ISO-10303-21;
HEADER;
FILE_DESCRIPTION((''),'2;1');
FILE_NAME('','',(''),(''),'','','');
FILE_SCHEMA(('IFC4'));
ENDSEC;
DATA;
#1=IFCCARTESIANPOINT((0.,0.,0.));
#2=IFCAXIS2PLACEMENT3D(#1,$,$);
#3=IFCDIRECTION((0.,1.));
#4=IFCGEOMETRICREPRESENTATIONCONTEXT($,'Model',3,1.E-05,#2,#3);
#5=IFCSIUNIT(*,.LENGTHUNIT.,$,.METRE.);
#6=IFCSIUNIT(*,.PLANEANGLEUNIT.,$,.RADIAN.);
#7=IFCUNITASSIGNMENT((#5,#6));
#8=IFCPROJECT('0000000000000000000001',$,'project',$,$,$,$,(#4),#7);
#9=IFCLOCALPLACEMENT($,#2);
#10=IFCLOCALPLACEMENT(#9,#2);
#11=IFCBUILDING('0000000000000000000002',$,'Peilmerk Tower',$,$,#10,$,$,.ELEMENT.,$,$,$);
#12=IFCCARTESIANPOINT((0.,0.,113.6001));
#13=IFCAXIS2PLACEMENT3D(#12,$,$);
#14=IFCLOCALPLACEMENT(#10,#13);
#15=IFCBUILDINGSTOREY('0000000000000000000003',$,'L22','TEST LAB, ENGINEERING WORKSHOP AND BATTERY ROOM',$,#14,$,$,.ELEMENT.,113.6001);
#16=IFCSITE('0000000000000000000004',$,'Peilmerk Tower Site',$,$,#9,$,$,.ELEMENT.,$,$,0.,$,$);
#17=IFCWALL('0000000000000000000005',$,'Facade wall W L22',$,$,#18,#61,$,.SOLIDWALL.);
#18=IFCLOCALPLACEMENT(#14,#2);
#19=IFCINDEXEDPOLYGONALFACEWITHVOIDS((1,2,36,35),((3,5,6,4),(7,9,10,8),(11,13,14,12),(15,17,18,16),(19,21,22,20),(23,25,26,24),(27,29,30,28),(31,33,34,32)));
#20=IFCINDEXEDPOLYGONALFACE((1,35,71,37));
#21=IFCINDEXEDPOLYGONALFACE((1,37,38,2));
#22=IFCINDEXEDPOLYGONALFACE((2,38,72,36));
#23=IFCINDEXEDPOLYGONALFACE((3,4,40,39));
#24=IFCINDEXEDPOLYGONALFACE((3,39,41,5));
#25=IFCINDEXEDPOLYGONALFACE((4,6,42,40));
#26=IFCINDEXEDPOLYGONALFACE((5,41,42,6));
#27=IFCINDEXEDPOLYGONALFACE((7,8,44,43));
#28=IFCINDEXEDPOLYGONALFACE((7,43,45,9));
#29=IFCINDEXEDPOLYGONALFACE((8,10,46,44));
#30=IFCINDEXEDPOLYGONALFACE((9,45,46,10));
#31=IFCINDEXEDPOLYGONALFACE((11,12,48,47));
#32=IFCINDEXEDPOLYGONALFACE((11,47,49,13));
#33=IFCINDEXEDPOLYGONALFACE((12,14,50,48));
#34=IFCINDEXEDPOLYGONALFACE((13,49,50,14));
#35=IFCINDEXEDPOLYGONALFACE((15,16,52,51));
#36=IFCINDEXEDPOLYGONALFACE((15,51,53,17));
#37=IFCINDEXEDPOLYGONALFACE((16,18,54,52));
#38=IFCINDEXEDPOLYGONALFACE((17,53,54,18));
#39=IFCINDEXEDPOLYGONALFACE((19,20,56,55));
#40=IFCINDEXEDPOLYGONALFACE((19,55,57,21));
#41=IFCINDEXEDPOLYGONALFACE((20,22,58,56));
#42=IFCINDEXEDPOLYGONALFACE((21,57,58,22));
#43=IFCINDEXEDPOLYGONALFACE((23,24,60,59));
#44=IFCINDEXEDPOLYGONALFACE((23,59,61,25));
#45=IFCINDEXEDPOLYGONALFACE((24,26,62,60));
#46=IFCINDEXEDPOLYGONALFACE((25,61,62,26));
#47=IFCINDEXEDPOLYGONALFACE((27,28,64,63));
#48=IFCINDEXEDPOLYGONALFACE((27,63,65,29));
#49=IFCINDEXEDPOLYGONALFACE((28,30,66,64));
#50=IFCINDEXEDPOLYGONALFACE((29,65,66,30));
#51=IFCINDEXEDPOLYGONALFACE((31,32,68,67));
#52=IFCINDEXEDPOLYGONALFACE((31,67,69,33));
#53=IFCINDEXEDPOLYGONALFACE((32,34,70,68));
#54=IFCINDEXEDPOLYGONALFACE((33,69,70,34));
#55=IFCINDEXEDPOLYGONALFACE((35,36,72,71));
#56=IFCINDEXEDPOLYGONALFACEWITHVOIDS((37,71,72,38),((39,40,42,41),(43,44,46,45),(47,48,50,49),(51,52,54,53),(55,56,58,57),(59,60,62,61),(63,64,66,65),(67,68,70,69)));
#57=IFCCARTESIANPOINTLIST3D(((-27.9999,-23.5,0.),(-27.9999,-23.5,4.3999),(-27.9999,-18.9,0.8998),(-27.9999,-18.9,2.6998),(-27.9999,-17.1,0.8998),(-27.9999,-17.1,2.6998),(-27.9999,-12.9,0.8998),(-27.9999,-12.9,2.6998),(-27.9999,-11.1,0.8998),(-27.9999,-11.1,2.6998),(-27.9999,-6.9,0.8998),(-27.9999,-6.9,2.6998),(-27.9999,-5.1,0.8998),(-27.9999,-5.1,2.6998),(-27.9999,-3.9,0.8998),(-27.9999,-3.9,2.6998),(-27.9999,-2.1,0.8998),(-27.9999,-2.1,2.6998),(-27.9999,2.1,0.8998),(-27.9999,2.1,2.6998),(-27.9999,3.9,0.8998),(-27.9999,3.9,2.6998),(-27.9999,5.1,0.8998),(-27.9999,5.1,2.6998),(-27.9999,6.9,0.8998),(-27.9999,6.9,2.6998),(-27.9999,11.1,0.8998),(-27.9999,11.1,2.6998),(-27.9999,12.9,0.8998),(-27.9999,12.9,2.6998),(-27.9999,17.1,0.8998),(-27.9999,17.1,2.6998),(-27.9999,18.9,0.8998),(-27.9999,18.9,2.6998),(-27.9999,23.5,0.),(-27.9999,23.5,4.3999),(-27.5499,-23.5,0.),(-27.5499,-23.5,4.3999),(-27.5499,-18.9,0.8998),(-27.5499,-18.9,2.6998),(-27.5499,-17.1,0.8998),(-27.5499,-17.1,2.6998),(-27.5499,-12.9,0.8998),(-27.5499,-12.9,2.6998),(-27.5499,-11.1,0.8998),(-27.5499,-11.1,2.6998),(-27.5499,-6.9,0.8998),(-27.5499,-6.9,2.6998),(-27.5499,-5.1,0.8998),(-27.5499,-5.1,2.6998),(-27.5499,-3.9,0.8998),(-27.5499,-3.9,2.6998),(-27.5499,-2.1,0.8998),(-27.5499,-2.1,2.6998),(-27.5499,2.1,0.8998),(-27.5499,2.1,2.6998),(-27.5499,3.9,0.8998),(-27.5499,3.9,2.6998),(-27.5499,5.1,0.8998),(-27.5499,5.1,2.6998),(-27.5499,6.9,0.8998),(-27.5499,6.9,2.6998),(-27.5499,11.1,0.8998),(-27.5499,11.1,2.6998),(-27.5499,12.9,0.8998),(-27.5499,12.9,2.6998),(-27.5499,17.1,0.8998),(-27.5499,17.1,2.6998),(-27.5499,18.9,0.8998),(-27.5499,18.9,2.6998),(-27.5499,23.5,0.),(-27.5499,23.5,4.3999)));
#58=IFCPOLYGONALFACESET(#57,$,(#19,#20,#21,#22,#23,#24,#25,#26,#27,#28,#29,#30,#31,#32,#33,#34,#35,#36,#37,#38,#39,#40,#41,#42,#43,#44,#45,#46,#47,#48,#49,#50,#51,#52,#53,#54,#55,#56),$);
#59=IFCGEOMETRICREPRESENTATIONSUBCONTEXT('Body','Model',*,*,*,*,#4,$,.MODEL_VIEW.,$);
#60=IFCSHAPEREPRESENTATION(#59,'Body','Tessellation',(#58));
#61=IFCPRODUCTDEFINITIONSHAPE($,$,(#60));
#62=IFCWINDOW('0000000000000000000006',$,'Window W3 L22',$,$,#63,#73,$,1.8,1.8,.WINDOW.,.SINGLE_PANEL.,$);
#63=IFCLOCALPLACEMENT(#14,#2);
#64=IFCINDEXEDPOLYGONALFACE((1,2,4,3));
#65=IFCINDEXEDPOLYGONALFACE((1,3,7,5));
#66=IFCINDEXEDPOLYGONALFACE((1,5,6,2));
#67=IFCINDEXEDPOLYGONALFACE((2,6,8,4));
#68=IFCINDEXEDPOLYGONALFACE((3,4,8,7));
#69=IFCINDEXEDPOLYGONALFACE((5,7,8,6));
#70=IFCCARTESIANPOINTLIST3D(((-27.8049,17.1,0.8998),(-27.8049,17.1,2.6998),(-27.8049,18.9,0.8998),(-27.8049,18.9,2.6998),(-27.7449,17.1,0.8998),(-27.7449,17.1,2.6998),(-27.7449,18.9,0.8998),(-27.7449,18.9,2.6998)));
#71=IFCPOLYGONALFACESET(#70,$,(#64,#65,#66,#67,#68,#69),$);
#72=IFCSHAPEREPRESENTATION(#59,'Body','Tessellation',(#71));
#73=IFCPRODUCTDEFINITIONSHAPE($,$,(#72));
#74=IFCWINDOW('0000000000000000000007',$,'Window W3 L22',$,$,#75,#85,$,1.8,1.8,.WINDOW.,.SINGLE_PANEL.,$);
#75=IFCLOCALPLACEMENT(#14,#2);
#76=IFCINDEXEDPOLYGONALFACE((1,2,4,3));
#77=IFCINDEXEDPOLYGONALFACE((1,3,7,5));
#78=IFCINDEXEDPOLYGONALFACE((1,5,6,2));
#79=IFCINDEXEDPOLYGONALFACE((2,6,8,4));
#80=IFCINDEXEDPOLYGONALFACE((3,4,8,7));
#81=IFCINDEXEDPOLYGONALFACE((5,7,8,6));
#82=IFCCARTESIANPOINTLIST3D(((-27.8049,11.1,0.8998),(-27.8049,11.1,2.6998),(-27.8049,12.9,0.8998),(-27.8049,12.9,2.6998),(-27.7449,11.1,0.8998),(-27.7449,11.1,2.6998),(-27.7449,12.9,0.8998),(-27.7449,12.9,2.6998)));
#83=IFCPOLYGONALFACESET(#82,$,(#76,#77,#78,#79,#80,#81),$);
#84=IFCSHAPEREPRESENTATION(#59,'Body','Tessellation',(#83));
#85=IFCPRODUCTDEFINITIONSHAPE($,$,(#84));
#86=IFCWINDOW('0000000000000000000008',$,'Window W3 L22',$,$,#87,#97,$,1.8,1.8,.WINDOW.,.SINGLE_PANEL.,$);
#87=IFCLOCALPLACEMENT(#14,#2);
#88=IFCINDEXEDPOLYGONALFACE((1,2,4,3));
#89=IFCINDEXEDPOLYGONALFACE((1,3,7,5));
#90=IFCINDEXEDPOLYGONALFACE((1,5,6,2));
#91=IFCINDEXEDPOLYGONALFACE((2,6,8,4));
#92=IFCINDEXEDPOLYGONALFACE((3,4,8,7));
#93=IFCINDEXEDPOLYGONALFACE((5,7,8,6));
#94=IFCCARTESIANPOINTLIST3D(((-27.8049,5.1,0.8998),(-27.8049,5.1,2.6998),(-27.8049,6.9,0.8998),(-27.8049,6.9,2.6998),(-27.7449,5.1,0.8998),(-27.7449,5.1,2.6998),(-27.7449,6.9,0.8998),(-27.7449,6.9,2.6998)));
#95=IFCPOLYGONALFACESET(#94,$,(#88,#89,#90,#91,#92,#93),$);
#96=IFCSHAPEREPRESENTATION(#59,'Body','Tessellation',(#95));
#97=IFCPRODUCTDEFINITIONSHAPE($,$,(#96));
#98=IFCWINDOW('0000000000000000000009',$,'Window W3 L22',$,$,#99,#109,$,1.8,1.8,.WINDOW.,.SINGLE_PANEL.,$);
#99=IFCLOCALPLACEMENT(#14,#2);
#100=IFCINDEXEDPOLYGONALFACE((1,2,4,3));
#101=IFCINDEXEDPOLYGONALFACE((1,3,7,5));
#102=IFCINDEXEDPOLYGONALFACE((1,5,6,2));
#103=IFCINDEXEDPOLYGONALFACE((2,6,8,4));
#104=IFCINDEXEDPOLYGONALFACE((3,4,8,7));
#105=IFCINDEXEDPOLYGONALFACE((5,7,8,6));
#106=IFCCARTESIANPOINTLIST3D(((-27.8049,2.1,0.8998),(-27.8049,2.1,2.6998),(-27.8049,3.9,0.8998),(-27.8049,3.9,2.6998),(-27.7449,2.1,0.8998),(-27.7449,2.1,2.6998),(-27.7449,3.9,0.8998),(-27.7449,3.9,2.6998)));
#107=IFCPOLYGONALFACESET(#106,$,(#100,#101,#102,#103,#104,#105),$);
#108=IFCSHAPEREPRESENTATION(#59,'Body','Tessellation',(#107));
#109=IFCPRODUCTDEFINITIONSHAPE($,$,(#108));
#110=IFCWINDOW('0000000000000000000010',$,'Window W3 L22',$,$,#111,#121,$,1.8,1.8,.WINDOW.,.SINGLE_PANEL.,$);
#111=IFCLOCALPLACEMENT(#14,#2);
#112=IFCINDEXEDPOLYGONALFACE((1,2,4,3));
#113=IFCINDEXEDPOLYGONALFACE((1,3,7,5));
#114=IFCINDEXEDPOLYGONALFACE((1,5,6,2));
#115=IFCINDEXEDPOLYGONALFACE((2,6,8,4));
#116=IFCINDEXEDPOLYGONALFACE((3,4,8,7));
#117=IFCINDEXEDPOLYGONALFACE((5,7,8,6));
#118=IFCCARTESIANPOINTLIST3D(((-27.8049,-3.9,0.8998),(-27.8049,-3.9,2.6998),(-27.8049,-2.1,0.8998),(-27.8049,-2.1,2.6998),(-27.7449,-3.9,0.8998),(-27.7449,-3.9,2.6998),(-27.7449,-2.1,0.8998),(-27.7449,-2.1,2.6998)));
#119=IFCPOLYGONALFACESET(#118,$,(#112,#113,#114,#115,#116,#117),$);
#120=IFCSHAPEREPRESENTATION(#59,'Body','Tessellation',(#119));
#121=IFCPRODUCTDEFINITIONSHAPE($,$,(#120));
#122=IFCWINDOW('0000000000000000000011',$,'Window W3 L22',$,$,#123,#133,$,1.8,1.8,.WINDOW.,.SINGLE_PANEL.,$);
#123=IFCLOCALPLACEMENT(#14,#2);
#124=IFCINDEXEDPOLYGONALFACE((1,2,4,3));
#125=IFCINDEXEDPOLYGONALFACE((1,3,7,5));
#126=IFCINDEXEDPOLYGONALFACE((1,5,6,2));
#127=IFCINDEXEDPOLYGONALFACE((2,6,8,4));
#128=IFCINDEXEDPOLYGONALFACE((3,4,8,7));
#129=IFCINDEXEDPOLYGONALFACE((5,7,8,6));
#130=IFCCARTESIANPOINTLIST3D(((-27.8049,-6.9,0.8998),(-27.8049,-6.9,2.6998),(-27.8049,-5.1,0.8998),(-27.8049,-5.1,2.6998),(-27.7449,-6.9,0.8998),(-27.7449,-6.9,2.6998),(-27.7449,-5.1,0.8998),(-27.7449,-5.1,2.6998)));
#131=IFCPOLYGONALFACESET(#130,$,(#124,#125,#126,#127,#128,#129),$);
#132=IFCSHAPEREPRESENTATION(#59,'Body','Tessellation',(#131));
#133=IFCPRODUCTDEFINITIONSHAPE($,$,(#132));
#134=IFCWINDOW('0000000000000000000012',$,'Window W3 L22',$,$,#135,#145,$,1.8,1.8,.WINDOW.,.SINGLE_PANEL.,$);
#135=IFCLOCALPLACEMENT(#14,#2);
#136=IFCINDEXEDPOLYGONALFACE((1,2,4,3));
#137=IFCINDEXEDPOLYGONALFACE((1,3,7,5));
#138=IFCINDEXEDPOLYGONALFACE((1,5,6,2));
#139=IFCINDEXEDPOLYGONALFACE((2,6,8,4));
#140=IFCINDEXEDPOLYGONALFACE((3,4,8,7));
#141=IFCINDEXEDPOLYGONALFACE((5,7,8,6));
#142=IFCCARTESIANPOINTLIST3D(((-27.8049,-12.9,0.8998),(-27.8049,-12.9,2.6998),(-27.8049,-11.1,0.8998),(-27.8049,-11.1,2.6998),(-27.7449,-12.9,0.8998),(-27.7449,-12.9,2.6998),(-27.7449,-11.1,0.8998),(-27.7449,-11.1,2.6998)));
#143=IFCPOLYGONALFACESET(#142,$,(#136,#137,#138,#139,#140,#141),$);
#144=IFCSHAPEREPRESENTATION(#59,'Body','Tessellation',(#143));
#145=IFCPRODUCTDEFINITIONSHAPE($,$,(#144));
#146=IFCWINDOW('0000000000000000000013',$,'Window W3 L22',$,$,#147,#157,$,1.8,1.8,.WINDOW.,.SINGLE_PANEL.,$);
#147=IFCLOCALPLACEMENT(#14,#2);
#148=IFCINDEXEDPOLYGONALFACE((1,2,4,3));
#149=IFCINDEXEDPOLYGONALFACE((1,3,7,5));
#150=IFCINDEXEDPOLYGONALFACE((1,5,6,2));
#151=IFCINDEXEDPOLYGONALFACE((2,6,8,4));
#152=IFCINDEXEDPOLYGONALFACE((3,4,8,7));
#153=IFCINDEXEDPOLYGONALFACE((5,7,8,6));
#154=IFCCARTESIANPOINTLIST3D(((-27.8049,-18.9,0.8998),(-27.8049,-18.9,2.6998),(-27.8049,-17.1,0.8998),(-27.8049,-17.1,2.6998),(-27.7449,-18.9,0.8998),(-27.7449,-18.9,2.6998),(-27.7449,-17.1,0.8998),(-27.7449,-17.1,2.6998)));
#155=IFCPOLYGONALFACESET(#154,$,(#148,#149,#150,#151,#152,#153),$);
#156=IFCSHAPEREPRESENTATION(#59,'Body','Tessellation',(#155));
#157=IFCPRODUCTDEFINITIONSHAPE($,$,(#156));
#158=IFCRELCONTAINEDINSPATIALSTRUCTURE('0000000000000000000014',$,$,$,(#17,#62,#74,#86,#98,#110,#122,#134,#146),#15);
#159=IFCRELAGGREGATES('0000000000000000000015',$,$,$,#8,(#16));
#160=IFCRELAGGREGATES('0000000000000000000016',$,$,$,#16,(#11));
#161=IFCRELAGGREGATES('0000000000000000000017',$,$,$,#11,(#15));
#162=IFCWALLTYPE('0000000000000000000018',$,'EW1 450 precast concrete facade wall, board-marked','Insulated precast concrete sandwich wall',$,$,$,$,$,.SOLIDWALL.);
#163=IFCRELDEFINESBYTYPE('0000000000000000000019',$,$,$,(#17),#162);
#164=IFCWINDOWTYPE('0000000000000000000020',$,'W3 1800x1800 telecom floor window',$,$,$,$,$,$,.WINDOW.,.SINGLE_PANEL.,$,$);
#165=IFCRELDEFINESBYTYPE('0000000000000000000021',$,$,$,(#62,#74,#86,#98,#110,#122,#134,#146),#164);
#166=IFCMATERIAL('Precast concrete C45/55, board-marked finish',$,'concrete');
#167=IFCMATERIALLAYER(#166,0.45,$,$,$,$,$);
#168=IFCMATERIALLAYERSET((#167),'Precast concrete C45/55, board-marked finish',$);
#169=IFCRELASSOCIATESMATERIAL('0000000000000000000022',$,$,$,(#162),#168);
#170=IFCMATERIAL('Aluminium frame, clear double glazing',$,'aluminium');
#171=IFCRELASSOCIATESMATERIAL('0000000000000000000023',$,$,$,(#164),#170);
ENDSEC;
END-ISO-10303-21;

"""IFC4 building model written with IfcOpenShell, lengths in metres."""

from ifc_helpers import new_model, si_unit, direction, frame, frame_2d, origin, place, context, subcontext, project, spatial, rectangle, extrude, material, layer, layer_set, type_object, element, fill, save


model = new_model("IFC4")

# Units and contexts
model_context = context("Model", 3, precision=1e-05, world=origin(), true_north=direction((0.0, 1.0)))
body_context = subcontext(model_context, "Body", "Model", "MODEL_VIEW")
ifc_project = project(units=[si_unit("LENGTHUNIT", "METRE"), si_unit("PLANEANGLEUNIT", "RADIAN")], contexts=[model_context])

# Site, building, storey
site_placement = place(None, origin())
site = spatial("IfcSite", under=ifc_project, at=site_placement, Name="Peilmerk Tower Site", CompositionType="ELEMENT", RefElevation=0.0)
building_placement = place(site_placement, origin())
building = spatial("IfcBuilding", under=site, at=building_placement, Name="Peilmerk Tower", CompositionType="ELEMENT")
storey_placement = place(building_placement, frame((0.0, 0.0, 113.6001)))
storey = spatial("IfcBuildingStorey", under=building, at=storey_placement, Name="L22", Description="TEST LAB, ENGINEERING WORKSHOP AND BATTERY ROOM", CompositionType="ELEMENT", Elevation=113.6001)

# Wall, openings, windows
ifc_material_1 = material(Name="Precast concrete C45/55, board-marked finish", Category="concrete")
ifc_layer = layer(ifc_material_1, 0.45)
ifc_layer_set = layer_set([ifc_layer], Name="Precast concrete C45/55, board-marked finish")
wall_type = type_object("IfcWallType", Name="EW1 450 precast concrete facade wall, board-marked", Description="Insulated precast concrete sandwich wall", PredefinedType="SOLIDWALL", material=ifc_layer_set)
wall_1_placement = place(storey_placement, frame((-27.7749, 23.5, 0.0), z_axis=(0.0, 0.0, 1.0), x_axis=(0.0, -1.0, 0.0)))
wall_1 = element("IfcWall", 1, at=wall_1_placement, inside=storey, type_object=wall_type, Name="Facade wall W L22", PredefinedType="SOLIDWALL", context=body_context, shape_type="SweptSolid", body=[
    extrude(rectangle(XDim=47.0, YDim=0.45, at=frame_2d((23.5, 0.0))), origin(), (0.0, 0.0, 1.0), 4.3999),
])
opening_1_placement = place(wall_1_placement, frame((4.6001, 0.0, 0.8999)))
opening_1 = element("IfcOpeningElement", 2, at=opening_1_placement, cuts=wall_1, PredefinedType="OPENING", context=body_context, shape_type="SweptSolid", body=[
    extrude(rectangle(XDim=1.8, YDim=1.8, at=frame_2d((0.8999, 0.8999))), frame((0.0, 0.2349, 0.0), z_axis=(0.0, -1.0, 0.0), x_axis=(1.0, 0.0, 0.0)), (0.0, 0.0, 1.0), 0.47),
])
opening_2_placement = place(wall_1_placement, frame((10.6001, 0.0, 0.8999)))
opening_2 = element("IfcOpeningElement", 3, at=opening_2_placement, cuts=wall_1, PredefinedType="OPENING", context=body_context, shape_type="SweptSolid", body=[
    extrude(rectangle(XDim=1.8, YDim=1.8, at=frame_2d((0.8999, 0.8999))), frame((0.0, 0.2349, 0.0), z_axis=(0.0, -1.0, 0.0), x_axis=(1.0, 0.0, 0.0)), (0.0, 0.0, 1.0), 0.47),
])
opening_3_placement = place(wall_1_placement, frame((16.6001, 0.0, 0.8999)))
opening_3 = element("IfcOpeningElement", 4, at=opening_3_placement, cuts=wall_1, PredefinedType="OPENING", context=body_context, shape_type="SweptSolid", body=[
    extrude(rectangle(XDim=1.8, YDim=1.8, at=frame_2d((0.8999, 0.8999))), frame((0.0, 0.2349, 0.0), z_axis=(0.0, -1.0, 0.0), x_axis=(1.0, 0.0, 0.0)), (0.0, 0.0, 1.0), 0.47),
])
opening_4_placement = place(wall_1_placement, frame((19.6001, 0.0, 0.8999)))
opening_4 = element("IfcOpeningElement", 5, at=opening_4_placement, cuts=wall_1, PredefinedType="OPENING", context=body_context, shape_type="SweptSolid", body=[
    extrude(rectangle(XDim=1.8, YDim=1.8, at=frame_2d((0.8999, 0.8999))), frame((0.0, 0.2349, 0.0), z_axis=(0.0, -1.0, 0.0), x_axis=(1.0, 0.0, 0.0)), (0.0, 0.0, 1.0), 0.47),
])
opening_5_placement = place(wall_1_placement, frame((25.6001, 0.0, 0.8999)))
opening_5 = element("IfcOpeningElement", 6, at=opening_5_placement, cuts=wall_1, PredefinedType="OPENING", context=body_context, shape_type="SweptSolid", body=[
    extrude(rectangle(XDim=1.8, YDim=1.8, at=frame_2d((0.8999, 0.8999))), frame((0.0, 0.2349, 0.0), z_axis=(0.0, -1.0, 0.0), x_axis=(1.0, 0.0, 0.0)), (0.0, 0.0, 1.0), 0.47),
])
opening_6_placement = place(wall_1_placement, frame((28.6001, 0.0, 0.8999)))
opening_6 = element("IfcOpeningElement", 7, at=opening_6_placement, cuts=wall_1, PredefinedType="OPENING", context=body_context, shape_type="SweptSolid", body=[
    extrude(rectangle(XDim=1.8, YDim=1.8, at=frame_2d((0.8999, 0.8999))), frame((0.0, 0.2349, 0.0), z_axis=(0.0, -1.0, 0.0), x_axis=(1.0, 0.0, 0.0)), (0.0, 0.0, 1.0), 0.47),
])
opening_7_placement = place(wall_1_placement, frame((34.6001, 0.0, 0.8999)))
opening_7 = element("IfcOpeningElement", 8, at=opening_7_placement, cuts=wall_1, PredefinedType="OPENING", context=body_context, shape_type="SweptSolid", body=[
    extrude(rectangle(XDim=1.8, YDim=1.8, at=frame_2d((0.8999, 0.8999))), frame((0.0, 0.2349, 0.0), z_axis=(0.0, -1.0, 0.0), x_axis=(1.0, 0.0, 0.0)), (0.0, 0.0, 1.0), 0.47),
])
opening_8_placement = place(wall_1_placement, frame((40.6001, 0.0, 0.8999)))
opening_8 = element("IfcOpeningElement", 9, at=opening_8_placement, cuts=wall_1, PredefinedType="OPENING", context=body_context, shape_type="SweptSolid", body=[
    extrude(rectangle(XDim=1.8, YDim=1.8, at=frame_2d((0.8999, 0.8999))), frame((0.0, 0.2349, 0.0), z_axis=(0.0, -1.0, 0.0), x_axis=(1.0, 0.0, 0.0)), (0.0, 0.0, 1.0), 0.47),
])
ifc_material_2 = material(Name="Aluminium frame, clear double glazing", Category="aluminium")
window_type = type_object("IfcWindowType", Name="W3 1800x1800 telecom floor window", PartitioningType="SINGLE_PANEL", PredefinedType="WINDOW", material=ifc_material_2)
window_1_placement = place(opening_1_placement, origin())
window_1 = element("IfcWindow", 10, at=window_1_placement, inside=storey, type_object=window_type, Name="Window W3 L22", OverallHeight=1.8, OverallWidth=1.8, PartitioningType="SINGLE_PANEL", PredefinedType="WINDOW", context=body_context, shape_type="SweptSolid", body=[
    extrude(rectangle(XDim=1.8, YDim=1.8, at=frame_2d((0.8999, 0.8999))), frame((0.0, 0.03, 0.0), z_axis=(0.0, -1.0, 0.0), x_axis=(1.0, 0.0, 0.0)), (0.0, 0.0, 1.0), 0.0601),
])
fill(opening_1, window_1)
window_2_placement = place(opening_2_placement, origin())
window_2 = element("IfcWindow", 11, at=window_2_placement, inside=storey, type_object=window_type, Name="Window W3 L22", OverallHeight=1.8, OverallWidth=1.8, PartitioningType="SINGLE_PANEL", PredefinedType="WINDOW", context=body_context, shape_type="SweptSolid", body=[
    extrude(rectangle(XDim=1.8, YDim=1.8, at=frame_2d((0.8999, 0.8999))), frame((0.0, 0.03, 0.0), z_axis=(0.0, -1.0, 0.0), x_axis=(1.0, 0.0, 0.0)), (0.0, 0.0, 1.0), 0.0601),
])
fill(opening_2, window_2)
window_3_placement = place(opening_3_placement, origin())
window_3 = element("IfcWindow", 12, at=window_3_placement, inside=storey, type_object=window_type, Name="Window W3 L22", OverallHeight=1.8, OverallWidth=1.8, PartitioningType="SINGLE_PANEL", PredefinedType="WINDOW", context=body_context, shape_type="SweptSolid", body=[
    extrude(rectangle(XDim=1.8, YDim=1.8, at=frame_2d((0.8999, 0.8999))), frame((0.0, 0.03, 0.0), z_axis=(0.0, -1.0, 0.0), x_axis=(1.0, 0.0, 0.0)), (0.0, 0.0, 1.0), 0.0601),
])
fill(opening_3, window_3)
window_4_placement = place(opening_4_placement, origin())
window_4 = element("IfcWindow", 13, at=window_4_placement, inside=storey, type_object=window_type, Name="Window W3 L22", OverallHeight=1.8, OverallWidth=1.8, PartitioningType="SINGLE_PANEL", PredefinedType="WINDOW", context=body_context, shape_type="SweptSolid", body=[
    extrude(rectangle(XDim=1.8, YDim=1.8, at=frame_2d((0.8999, 0.8999))), frame((0.0, 0.03, 0.0), z_axis=(0.0, -1.0, 0.0), x_axis=(1.0, 0.0, 0.0)), (0.0, 0.0, 1.0), 0.0601),
])
fill(opening_4, window_4)
window_5_placement = place(opening_5_placement, origin())
window_5 = element("IfcWindow", 14, at=window_5_placement, inside=storey, type_object=window_type, Name="Window W3 L22", OverallHeight=1.8, OverallWidth=1.8, PartitioningType="SINGLE_PANEL", PredefinedType="WINDOW", context=body_context, shape_type="SweptSolid", body=[
    extrude(rectangle(XDim=1.8, YDim=1.8, at=frame_2d((0.8999, 0.8999))), frame((0.0, 0.03, 0.0), z_axis=(0.0, -1.0, 0.0), x_axis=(1.0, 0.0, 0.0)), (0.0, 0.0, 1.0), 0.0601),
])
fill(opening_5, window_5)
window_6_placement = place(opening_6_placement, origin())
window_6 = element("IfcWindow", 15, at=window_6_placement, inside=storey, type_object=window_type, Name="Window W3 L22", OverallHeight=1.8, OverallWidth=1.8, PartitioningType="SINGLE_PANEL", PredefinedType="WINDOW", context=body_context, shape_type="SweptSolid", body=[
    extrude(rectangle(XDim=1.8, YDim=1.8, at=frame_2d((0.8999, 0.8999))), frame((0.0, 0.03, 0.0), z_axis=(0.0, -1.0, 0.0), x_axis=(1.0, 0.0, 0.0)), (0.0, 0.0, 1.0), 0.0601),
])
fill(opening_6, window_6)
window_7_placement = place(opening_7_placement, origin())
window_7 = element("IfcWindow", 16, at=window_7_placement, inside=storey, type_object=window_type, Name="Window W3 L22", OverallHeight=1.8, OverallWidth=1.8, PartitioningType="SINGLE_PANEL", PredefinedType="WINDOW", context=body_context, shape_type="SweptSolid", body=[
    extrude(rectangle(XDim=1.8, YDim=1.8, at=frame_2d((0.8999, 0.8999))), frame((0.0, 0.03, 0.0), z_axis=(0.0, -1.0, 0.0), x_axis=(1.0, 0.0, 0.0)), (0.0, 0.0, 1.0), 0.0601),
])
fill(opening_7, window_7)
window_8_placement = place(opening_8_placement, origin())
window_8 = element("IfcWindow", 17, at=window_8_placement, inside=storey, type_object=window_type, Name="Window W3 L22", OverallHeight=1.8, OverallWidth=1.8, PartitioningType="SINGLE_PANEL", PredefinedType="WINDOW", context=body_context, shape_type="SweptSolid", body=[
    extrude(rectangle(XDim=1.8, YDim=1.8, at=frame_2d((0.8999, 0.8999))), frame((0.0, 0.03, 0.0), z_axis=(0.0, -1.0, 0.0), x_axis=(1.0, 0.0, 0.0)), (0.0, 0.0, 1.0), 0.0601),
])
fill(opening_8, window_8)

save(model, "model.ifc")
